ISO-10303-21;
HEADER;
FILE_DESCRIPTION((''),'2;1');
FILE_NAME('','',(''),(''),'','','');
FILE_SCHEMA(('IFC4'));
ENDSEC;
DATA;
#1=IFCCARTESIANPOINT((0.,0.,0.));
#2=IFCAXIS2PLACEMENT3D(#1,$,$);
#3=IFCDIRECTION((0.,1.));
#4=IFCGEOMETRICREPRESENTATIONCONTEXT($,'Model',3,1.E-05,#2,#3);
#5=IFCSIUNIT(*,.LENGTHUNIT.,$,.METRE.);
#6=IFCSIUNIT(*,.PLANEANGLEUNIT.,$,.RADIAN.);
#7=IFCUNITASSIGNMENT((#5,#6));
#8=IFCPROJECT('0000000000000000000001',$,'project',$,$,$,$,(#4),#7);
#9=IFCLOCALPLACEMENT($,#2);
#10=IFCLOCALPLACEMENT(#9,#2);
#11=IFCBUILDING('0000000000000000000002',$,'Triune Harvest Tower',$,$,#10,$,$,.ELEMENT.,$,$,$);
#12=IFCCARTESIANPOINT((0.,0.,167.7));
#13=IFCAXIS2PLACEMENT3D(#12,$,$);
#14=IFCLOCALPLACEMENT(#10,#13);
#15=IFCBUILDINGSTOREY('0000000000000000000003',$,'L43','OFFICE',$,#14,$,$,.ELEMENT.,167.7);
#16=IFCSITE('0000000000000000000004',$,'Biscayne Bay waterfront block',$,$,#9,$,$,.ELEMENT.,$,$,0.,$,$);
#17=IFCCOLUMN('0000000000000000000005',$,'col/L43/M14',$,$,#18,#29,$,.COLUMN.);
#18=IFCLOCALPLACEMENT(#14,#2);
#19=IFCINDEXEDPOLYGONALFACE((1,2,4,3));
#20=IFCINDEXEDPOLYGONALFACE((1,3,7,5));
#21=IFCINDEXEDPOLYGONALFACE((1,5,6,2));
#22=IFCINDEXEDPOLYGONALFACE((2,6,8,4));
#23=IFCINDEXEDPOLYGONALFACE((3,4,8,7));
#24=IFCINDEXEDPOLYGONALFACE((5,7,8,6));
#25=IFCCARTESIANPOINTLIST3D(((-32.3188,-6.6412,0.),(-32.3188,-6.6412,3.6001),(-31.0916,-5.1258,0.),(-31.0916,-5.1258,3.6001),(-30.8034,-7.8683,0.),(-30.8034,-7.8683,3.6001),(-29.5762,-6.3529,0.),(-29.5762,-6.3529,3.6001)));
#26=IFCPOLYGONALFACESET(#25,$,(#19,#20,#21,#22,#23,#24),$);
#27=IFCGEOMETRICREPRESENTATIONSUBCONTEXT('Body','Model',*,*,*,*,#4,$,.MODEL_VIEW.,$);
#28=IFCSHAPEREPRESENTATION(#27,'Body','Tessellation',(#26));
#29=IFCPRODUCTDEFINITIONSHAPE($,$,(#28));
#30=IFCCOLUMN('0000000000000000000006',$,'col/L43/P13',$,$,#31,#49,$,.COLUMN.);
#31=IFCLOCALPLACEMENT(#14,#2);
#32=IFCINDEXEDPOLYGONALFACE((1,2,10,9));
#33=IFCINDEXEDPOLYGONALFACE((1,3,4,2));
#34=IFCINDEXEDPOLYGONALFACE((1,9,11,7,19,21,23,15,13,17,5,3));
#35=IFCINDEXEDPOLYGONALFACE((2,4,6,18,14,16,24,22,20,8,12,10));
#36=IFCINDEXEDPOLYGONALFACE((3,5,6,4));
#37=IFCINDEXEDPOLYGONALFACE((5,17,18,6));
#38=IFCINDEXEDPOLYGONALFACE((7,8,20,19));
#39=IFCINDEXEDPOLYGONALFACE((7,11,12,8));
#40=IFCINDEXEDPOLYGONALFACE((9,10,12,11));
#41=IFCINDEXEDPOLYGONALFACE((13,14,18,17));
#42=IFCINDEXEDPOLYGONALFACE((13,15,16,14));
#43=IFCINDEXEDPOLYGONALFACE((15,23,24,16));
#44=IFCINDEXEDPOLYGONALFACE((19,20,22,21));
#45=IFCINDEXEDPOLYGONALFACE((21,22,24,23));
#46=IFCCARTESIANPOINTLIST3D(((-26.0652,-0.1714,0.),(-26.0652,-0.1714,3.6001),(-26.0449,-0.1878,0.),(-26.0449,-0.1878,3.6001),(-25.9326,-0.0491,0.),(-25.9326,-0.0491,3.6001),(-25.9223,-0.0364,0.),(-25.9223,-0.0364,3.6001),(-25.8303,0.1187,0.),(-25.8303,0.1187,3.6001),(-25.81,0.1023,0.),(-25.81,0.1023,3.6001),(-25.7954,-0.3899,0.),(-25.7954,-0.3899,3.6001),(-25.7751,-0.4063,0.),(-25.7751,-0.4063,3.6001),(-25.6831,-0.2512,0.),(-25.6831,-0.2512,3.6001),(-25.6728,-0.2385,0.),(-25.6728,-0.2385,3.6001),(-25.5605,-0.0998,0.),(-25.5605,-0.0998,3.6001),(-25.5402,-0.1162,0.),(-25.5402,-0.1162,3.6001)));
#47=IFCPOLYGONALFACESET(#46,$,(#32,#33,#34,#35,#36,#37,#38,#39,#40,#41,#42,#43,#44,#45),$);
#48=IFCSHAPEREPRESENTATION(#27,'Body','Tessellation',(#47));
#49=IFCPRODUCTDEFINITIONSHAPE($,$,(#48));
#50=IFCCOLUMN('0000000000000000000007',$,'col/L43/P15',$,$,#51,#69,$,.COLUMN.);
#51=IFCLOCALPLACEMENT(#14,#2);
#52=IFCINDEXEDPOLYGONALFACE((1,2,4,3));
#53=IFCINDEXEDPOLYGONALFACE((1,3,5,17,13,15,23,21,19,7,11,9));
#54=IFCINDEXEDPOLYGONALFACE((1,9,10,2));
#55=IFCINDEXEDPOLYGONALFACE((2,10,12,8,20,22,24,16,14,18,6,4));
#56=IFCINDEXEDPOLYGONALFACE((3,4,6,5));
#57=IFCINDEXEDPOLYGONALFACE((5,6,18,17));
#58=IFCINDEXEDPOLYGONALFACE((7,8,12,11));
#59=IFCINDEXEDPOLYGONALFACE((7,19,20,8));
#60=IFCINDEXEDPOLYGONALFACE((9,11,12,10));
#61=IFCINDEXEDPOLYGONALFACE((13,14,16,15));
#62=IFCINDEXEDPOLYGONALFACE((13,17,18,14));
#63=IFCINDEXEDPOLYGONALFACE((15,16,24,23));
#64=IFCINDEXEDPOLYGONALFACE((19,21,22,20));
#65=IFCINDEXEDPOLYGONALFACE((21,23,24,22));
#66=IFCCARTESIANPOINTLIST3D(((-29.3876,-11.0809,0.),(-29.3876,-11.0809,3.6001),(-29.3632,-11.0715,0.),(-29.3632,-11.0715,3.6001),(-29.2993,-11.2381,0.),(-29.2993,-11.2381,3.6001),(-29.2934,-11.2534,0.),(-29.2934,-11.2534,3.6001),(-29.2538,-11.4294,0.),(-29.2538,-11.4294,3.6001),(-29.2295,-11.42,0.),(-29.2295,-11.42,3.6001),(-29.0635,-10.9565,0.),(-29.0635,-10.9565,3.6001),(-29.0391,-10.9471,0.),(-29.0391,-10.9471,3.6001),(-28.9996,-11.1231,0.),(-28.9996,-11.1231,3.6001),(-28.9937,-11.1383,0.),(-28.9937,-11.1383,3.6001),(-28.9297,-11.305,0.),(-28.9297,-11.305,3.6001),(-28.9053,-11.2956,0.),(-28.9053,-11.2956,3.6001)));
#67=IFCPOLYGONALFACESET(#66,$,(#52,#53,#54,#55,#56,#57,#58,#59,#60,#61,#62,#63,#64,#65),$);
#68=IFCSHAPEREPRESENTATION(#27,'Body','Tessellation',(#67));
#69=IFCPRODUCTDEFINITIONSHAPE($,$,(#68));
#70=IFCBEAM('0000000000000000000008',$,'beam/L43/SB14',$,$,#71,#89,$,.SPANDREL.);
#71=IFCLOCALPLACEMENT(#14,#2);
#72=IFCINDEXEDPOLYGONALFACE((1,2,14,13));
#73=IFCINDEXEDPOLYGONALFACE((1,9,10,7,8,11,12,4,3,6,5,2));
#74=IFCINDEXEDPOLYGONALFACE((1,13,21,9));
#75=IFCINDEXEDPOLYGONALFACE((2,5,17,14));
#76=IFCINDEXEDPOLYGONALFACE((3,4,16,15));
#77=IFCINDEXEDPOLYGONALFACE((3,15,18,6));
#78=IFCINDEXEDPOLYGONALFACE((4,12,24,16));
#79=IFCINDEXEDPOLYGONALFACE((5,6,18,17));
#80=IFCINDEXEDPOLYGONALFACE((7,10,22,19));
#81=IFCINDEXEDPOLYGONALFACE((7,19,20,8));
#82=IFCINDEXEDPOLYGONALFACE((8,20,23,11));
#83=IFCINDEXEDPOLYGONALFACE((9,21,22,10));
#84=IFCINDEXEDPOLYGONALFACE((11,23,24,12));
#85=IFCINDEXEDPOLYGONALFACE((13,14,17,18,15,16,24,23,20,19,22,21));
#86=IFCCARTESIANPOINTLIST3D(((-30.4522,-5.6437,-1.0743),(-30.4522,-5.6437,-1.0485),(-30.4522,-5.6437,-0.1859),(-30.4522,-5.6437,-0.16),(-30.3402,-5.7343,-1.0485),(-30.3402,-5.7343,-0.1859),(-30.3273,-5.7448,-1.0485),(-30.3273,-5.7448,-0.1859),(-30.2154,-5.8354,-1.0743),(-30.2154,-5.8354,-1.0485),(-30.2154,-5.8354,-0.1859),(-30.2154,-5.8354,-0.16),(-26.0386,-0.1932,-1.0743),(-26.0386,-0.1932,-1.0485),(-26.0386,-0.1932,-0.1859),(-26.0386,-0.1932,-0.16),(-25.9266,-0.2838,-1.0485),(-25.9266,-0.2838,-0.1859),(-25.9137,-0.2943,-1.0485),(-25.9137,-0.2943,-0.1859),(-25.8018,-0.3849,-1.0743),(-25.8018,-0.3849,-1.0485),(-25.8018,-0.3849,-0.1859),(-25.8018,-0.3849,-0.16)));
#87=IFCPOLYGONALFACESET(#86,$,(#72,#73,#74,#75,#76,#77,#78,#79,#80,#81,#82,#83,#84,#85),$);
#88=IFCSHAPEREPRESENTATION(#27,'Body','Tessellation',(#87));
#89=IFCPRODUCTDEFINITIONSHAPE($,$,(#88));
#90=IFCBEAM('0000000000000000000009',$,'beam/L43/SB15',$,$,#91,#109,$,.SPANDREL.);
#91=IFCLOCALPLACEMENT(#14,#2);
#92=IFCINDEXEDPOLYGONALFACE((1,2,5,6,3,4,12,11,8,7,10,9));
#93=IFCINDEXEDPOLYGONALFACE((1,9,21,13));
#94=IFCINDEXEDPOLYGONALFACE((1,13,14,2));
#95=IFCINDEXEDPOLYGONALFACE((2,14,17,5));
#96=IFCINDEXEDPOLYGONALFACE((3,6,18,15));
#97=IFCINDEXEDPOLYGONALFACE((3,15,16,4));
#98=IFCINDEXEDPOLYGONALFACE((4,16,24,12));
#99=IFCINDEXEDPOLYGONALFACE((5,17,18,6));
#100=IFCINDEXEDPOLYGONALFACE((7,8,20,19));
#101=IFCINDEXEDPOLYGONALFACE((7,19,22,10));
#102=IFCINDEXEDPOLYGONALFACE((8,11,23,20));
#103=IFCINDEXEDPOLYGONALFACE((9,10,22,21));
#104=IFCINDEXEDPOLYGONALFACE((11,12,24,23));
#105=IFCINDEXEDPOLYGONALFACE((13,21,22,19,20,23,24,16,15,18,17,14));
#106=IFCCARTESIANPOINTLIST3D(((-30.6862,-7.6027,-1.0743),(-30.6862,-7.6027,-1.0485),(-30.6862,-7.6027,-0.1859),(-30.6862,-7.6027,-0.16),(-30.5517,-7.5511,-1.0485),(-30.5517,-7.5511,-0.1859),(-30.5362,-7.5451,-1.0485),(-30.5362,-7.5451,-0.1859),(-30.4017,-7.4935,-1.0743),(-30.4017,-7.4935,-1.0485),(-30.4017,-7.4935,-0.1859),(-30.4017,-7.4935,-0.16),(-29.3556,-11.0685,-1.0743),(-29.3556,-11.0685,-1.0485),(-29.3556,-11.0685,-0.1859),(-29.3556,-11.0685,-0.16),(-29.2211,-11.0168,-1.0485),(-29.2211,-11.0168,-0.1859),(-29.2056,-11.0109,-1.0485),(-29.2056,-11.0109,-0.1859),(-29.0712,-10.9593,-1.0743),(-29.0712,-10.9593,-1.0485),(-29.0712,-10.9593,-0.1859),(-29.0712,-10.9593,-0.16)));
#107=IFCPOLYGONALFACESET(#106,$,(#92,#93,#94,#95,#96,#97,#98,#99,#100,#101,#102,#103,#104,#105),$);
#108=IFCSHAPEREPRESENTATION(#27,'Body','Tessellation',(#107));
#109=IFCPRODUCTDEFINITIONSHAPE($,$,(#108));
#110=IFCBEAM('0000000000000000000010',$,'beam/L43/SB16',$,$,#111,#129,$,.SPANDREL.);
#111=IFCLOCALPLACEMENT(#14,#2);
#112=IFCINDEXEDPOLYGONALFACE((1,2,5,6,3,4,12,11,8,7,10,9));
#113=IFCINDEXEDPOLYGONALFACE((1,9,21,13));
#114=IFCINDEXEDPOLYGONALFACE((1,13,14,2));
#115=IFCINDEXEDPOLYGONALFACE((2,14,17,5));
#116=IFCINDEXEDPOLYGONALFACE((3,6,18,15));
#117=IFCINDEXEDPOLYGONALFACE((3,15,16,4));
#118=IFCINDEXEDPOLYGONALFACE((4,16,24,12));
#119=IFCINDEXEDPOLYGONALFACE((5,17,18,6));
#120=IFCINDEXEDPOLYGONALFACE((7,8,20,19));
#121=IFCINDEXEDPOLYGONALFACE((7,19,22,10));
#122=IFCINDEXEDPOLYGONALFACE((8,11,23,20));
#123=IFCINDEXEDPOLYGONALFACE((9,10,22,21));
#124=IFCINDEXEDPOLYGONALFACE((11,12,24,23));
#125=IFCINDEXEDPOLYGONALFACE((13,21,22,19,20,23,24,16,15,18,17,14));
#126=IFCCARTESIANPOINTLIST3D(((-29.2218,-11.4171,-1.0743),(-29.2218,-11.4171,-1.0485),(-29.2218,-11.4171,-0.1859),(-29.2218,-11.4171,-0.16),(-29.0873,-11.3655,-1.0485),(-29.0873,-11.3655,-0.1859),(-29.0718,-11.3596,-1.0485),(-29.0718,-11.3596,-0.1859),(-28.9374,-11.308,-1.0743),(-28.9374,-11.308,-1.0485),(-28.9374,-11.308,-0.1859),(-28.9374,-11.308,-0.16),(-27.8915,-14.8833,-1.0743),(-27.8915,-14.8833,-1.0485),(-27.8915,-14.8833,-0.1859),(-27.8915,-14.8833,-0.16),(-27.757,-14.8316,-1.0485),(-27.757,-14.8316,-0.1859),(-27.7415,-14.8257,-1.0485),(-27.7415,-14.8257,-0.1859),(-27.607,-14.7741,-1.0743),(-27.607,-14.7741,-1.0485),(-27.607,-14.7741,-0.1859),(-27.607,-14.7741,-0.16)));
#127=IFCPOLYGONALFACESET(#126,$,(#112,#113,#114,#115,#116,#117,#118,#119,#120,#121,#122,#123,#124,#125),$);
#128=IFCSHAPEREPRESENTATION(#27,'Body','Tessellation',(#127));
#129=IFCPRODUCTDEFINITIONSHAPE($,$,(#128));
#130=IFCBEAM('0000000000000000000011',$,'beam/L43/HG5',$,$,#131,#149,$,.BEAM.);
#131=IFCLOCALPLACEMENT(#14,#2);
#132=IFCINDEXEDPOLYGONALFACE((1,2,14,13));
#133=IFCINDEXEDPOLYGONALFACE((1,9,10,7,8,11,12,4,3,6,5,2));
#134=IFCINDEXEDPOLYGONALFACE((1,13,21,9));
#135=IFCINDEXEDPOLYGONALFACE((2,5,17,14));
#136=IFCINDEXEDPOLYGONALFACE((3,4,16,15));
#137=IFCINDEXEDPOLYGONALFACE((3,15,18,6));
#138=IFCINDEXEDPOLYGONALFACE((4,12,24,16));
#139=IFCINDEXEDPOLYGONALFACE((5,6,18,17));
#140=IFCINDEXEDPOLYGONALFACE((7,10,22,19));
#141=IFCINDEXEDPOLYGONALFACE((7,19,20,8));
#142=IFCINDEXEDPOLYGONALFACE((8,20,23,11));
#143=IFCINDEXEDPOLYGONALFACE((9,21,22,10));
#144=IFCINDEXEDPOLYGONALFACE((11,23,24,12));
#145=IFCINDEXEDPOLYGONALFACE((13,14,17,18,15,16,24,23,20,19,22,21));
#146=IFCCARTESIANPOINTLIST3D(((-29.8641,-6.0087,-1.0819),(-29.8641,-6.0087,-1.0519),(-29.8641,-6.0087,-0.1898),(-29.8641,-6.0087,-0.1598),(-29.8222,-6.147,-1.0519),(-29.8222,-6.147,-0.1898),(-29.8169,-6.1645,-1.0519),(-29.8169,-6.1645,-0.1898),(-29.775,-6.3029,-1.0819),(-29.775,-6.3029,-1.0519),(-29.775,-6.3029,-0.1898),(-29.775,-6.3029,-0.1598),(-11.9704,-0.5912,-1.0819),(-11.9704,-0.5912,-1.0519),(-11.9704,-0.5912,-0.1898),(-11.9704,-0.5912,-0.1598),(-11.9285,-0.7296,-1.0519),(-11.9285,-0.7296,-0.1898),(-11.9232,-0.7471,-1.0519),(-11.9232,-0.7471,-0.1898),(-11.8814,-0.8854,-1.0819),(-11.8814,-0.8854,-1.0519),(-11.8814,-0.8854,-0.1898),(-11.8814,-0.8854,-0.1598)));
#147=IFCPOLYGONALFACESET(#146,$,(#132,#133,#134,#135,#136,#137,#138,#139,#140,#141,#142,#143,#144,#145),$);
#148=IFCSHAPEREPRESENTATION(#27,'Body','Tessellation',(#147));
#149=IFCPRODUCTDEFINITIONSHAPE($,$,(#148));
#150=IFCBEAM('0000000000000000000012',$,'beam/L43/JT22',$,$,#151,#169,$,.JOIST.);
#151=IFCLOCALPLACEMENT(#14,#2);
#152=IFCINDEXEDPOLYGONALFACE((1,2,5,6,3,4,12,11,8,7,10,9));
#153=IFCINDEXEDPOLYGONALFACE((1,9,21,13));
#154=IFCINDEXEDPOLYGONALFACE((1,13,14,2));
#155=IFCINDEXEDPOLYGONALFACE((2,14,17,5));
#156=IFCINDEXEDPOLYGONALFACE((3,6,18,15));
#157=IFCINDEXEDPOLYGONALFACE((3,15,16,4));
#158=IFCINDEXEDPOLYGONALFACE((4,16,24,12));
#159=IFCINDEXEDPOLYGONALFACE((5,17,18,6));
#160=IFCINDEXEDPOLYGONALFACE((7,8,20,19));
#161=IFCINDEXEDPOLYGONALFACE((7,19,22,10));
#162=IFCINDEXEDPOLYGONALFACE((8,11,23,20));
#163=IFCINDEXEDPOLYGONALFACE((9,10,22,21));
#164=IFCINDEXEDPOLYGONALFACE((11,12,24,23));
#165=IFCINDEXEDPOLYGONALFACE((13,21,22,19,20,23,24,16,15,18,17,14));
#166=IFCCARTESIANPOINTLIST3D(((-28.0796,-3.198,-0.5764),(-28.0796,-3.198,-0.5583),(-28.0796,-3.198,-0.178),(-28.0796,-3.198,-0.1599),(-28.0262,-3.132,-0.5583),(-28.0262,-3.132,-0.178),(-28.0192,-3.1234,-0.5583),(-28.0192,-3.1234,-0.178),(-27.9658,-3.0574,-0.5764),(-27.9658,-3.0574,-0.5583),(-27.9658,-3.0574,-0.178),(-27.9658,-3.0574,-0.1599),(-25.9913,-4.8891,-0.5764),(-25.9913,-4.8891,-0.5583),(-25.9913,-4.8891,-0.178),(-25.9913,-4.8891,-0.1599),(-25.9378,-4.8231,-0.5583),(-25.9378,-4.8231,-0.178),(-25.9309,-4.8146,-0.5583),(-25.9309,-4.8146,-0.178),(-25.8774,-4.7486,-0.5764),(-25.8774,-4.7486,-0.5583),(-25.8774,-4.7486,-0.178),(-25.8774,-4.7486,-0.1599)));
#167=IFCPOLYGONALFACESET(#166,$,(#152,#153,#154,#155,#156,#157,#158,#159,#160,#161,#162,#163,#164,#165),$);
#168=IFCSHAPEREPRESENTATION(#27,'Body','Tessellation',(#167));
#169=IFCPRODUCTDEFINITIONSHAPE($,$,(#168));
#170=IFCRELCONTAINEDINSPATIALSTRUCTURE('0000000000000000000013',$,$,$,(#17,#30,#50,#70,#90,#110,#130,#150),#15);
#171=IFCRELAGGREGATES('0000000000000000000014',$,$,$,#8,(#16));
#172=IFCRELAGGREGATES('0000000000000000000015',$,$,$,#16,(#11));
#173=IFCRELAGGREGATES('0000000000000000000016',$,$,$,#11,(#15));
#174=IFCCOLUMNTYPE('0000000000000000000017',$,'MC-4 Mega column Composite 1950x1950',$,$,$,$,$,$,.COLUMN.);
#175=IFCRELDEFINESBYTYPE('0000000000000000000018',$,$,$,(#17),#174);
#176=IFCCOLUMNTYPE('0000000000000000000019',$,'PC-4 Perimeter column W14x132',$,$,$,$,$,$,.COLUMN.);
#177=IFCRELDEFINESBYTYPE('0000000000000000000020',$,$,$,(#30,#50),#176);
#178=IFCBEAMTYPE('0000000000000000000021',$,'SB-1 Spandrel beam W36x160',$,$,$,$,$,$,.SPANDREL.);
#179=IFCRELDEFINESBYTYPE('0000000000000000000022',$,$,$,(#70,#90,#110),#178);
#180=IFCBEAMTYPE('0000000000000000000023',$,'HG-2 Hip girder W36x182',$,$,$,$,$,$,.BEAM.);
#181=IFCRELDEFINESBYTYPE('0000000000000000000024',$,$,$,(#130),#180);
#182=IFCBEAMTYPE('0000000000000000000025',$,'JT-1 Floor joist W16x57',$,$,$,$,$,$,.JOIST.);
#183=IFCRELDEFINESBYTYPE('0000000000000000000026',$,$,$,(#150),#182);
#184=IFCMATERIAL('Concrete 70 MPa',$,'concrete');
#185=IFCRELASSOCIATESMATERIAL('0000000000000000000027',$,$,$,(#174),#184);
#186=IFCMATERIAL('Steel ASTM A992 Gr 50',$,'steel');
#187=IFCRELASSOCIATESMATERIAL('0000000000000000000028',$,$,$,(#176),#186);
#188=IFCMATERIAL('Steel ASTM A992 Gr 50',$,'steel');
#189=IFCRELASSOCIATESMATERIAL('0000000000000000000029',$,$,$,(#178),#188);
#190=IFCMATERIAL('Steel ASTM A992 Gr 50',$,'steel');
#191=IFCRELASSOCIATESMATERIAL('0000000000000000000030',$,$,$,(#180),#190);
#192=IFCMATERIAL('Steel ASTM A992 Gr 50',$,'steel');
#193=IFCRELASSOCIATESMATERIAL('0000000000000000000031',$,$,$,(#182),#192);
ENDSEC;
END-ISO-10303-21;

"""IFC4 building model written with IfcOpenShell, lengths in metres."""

from ifc_helpers import new_model, si_unit, direction, frame, origin, origin_2d, place, context, subcontext, project, spatial, rectangle, i_section, extrude, source, transform, mapped, material, material_profile, profile_set, type_object, element, save


model = new_model("IFC4")

# Units and contexts
model_context = context("Model", 3, precision=1e-05, world=origin(), true_north=direction((0.0, 1.0)))
body_context = subcontext(model_context, "Body", "Model", "MODEL_VIEW")
ifc_project = project(units=[si_unit("LENGTHUNIT", "METRE"), si_unit("PLANEANGLEUNIT", "RADIAN")], contexts=[model_context])

# Site, building, storey
site_placement = place(None, origin())
site = spatial("IfcSite", under=ifc_project, at=site_placement, Name="Biscayne Bay waterfront block", CompositionType="ELEMENT", RefElevation=0.0)
building_placement = place(site_placement, origin())
building = spatial("IfcBuilding", under=site, at=building_placement, Name="Triune Harvest Tower", CompositionType="ELEMENT")
storey_placement = place(building_placement, frame((0.0, 0.0, 167.7)))
storey = spatial("IfcBuildingStorey", under=building, at=storey_placement, Name="L43", Description="OFFICE", CompositionType="ELEMENT", Elevation=167.7)

# Columns
ifc_material_1 = material(Name="Concrete 70 MPa", Category="concrete")
ifc_material_profile_1 = material_profile(ifc_material_1, rectangle(XDim=1.95, YDim=1.95, at=origin_2d()), Name="Composite 1950x1950")
ifc_profile_set_1 = profile_set([ifc_material_profile_1], Name="Concrete 70 MPa")
column_type_1 = type_object("IfcColumnType", Name="MC-4 Mega column Composite 1950x1950", PredefinedType="COLUMN", material=ifc_profile_set_1)
shared_shape_1 = source(origin(), body_context, "Body", "SweptSolid", [
    extrude(rectangle(XDim=1.95, YDim=1.95, at=origin_2d()), origin(), (0.0, 0.0, 1.0), 3.6001),
])
column_placement = place(storey_placement, frame((-30.9475, -6.4971, 0.0), z_axis=(0.0, 0.0, 1.0), x_axis=(-0.629322, -0.777145, 0.0)))
element("IfcColumn", 1, at=column_placement, inside=storey, type_object=column_type_1, Name="col/L43/M14", PredefinedType="COLUMN", context=body_context, shape_type="MappedRepresentation", body=[
    mapped(shared_shape_1, transform((0.0, 0.0, 0.0), scale=1.0)),
])
ifc_material_2 = material(Name="Steel ASTM A992 Gr 50", Category="steel")
ifc_material_profile_2 = material_profile(ifc_material_2, i_section(OverallWidth=0.3733, OverallDepth=0.3733, WebThickness=0.0164, FlangeThickness=0.0261, at=origin_2d()), Name="W14x132")
ifc_profile_set_2 = profile_set([ifc_material_profile_2], Name="Steel ASTM A992 Gr 50")
column_type_2 = type_object("IfcColumnType", Name="PC-4 Perimeter column W14x132", PredefinedType="COLUMN", material=ifc_profile_set_2)
shared_shape_2 = source(origin(), body_context, "Body", "SweptSolid", [
    extrude(i_section(OverallWidth=0.3733, OverallDepth=0.3733, WebThickness=0.0164, FlangeThickness=0.0261, at=origin_2d()), origin(), (0.0, 0.0, 1.0), 3.6001),
])
for number, where, z_axis, x_axis, name in (
    (2, (-25.8027, -0.1438, 0.0), (0.0, 0.0, 1.0), (-0.629322, -0.777145, 0.0), "col/L43/P13"),
    (3, (-29.1465, -11.1882, 0.0), (0.0, 0.0, 1.0), (0.358366, -0.933581, 0.0), "col/L43/P15"),
):
    element("IfcColumn", number, at=place(storey_placement, frame(where, z_axis=z_axis, x_axis=x_axis)), inside=storey, type_object=column_type_2, Name=name, PredefinedType="COLUMN", context=body_context, shape_type="MappedRepresentation", body=[
        mapped(shared_shape_2, transform((0.0, 0.0, 0.0), scale=1.0)),
    ])

# Beams
ifc_material_3 = material(Name="Steel ASTM A992 Gr 50", Category="steel")
ifc_material_profile_3 = material_profile(ifc_material_3, i_section(OverallWidth=0.3047, OverallDepth=0.9143, WebThickness=0.0166, FlangeThickness=0.0259, at=origin_2d()), Name="W36x160")
ifc_profile_set_3 = profile_set([ifc_material_profile_3], Name="Steel ASTM A992 Gr 50")
beam_type_1 = type_object("IfcBeamType", Name="SB-1 Spandrel beam W36x160", PredefinedType="SPANDREL", material=ifc_profile_set_3)
shared_shape_3 = source(origin(), body_context, "Body", "SweptSolid", [
    extrude(i_section(OverallWidth=0.3047, OverallDepth=0.9143, WebThickness=0.0166, FlangeThickness=0.0259, at=origin_2d()), origin(), (0.0, 0.0, 1.0), 7.0134),
])
beam_1_placement = place(storey_placement, frame((-25.9202, -0.2891, -0.6172), z_axis=(-0.629311, -0.777153, 0.0), x_axis=(0.777153, -0.629311, 0.0)))
element("IfcBeam", 4, at=beam_1_placement, inside=storey, type_object=beam_type_1, Name="beam/L43/SB14", PredefinedType="SPANDREL", context=body_context, shape_type="MappedRepresentation", body=[
    mapped(shared_shape_3, transform((0.0, 0.0, 0.0), scale=1.0)),
])
shared_shape_4 = source(origin(), body_context, "Body", "SweptSolid", [
    extrude(i_section(OverallWidth=0.3047, OverallDepth=0.9143, WebThickness=0.0166, FlangeThickness=0.0259, at=origin_2d()), origin(), (0.0, 0.0, 1.0), 3.7124),
])
beam_2_placement = place(storey_placement, frame((-30.5439, -7.5481, -0.6172), z_axis=(0.358406, -0.933566, 0.0), x_axis=(0.933566, 0.358406, 0.0)))
element("IfcBeam", 5, at=beam_2_placement, inside=storey, type_object=beam_type_1, Name="beam/L43/SB15", PredefinedType="SPANDREL", context=body_context, shape_type="MappedRepresentation", body=[
    mapped(shared_shape_4, transform((0.0, 0.0, 0.0), scale=1.0)),
])
shared_shape_5 = source(origin(), body_context, "Body", "SweptSolid", [
    extrude(i_section(OverallWidth=0.3047, OverallDepth=0.9143, WebThickness=0.0166, FlangeThickness=0.0259, at=origin_2d()), origin(), (0.0, 0.0, 1.0), 3.7126),
])
beam_3_placement = place(storey_placement, frame((-29.0796, -11.3625, -0.6172), z_axis=(0.358327, -0.933596, 0.0), x_axis=(0.933596, 0.358327, 0.0)))
element("IfcBeam", 6, at=beam_3_placement, inside=storey, type_object=beam_type_1, Name="beam/L43/SB16", PredefinedType="SPANDREL", context=body_context, shape_type="MappedRepresentation", body=[
    mapped(shared_shape_5, transform((0.0, 0.0, 0.0), scale=1.0)),
])
ifc_material_4 = material(Name="Steel ASTM A992 Gr 50", Category="steel")
ifc_material_profile_4 = material_profile(ifc_material_4, i_section(OverallWidth=0.3074, OverallDepth=0.9221, WebThickness=0.0183, FlangeThickness=0.03, at=origin_2d()), Name="W36x182")
ifc_profile_set_4 = profile_set([ifc_material_profile_4], Name="Steel ASTM A992 Gr 50")
beam_type_2 = type_object("IfcBeamType", Name="HG-2 Hip girder W36x182", PredefinedType="BEAM", material=ifc_profile_set_4)
shared_shape_6 = source(origin(), body_context, "Body", "SweptSolid", [
    extrude(i_section(OverallWidth=0.3074, OverallDepth=0.9221, WebThickness=0.0183, FlangeThickness=0.03, at=origin_2d()), origin(), (0.0, 0.0, 1.0), 18.6958),
])
beam_4_placement = place(storey_placement, frame((-29.8196, -6.1558, -0.6208), z_axis=(0.957097, 0.289768, 0.0), x_axis=(-0.289768, 0.957097, 0.0)))
element("IfcBeam", 7, at=beam_4_placement, inside=storey, type_object=beam_type_2, Name="beam/L43/HG5", PredefinedType="BEAM", context=body_context, shape_type="MappedRepresentation", body=[
    mapped(shared_shape_6, transform((0.0, 0.0, 0.0), scale=1.0)),
])
ifc_material_5 = material(Name="Steel ASTM A992 Gr 50", Category="steel")
ifc_material_profile_5 = material_profile(ifc_material_5, i_section(OverallWidth=0.1809, OverallDepth=0.4165, WebThickness=0.011, FlangeThickness=0.0181, at=origin_2d()), Name="W16x57")
ifc_profile_set_5 = profile_set([ifc_material_profile_5], Name="Steel ASTM A992 Gr 50")
beam_type_3 = type_object("IfcBeamType", Name="JT-1 Floor joist W16x57", PredefinedType="JOIST", material=ifc_profile_set_5)
shared_shape_7 = source(origin(), body_context, "Body", "SweptSolid", [
    extrude(i_section(OverallWidth=0.1809, OverallDepth=0.4165, WebThickness=0.011, FlangeThickness=0.0181, at=origin_2d()), origin(), (0.0, 0.0, 1.0), 2.6873),
])
beam_5_placement = place(storey_placement, frame((-28.0227, -3.1277, -0.3682), z_axis=(0.777141, -0.629326, 0.0), x_axis=(0.629326, 0.777141, 0.0)))
element("IfcBeam", 8, at=beam_5_placement, inside=storey, type_object=beam_type_3, Name="beam/L43/JT22", PredefinedType="JOIST", context=body_context, shape_type="MappedRepresentation", body=[
    mapped(shared_shape_7, transform((0.0, 0.0, 0.0), scale=1.0)),
])

save(model, "model.ifc")
